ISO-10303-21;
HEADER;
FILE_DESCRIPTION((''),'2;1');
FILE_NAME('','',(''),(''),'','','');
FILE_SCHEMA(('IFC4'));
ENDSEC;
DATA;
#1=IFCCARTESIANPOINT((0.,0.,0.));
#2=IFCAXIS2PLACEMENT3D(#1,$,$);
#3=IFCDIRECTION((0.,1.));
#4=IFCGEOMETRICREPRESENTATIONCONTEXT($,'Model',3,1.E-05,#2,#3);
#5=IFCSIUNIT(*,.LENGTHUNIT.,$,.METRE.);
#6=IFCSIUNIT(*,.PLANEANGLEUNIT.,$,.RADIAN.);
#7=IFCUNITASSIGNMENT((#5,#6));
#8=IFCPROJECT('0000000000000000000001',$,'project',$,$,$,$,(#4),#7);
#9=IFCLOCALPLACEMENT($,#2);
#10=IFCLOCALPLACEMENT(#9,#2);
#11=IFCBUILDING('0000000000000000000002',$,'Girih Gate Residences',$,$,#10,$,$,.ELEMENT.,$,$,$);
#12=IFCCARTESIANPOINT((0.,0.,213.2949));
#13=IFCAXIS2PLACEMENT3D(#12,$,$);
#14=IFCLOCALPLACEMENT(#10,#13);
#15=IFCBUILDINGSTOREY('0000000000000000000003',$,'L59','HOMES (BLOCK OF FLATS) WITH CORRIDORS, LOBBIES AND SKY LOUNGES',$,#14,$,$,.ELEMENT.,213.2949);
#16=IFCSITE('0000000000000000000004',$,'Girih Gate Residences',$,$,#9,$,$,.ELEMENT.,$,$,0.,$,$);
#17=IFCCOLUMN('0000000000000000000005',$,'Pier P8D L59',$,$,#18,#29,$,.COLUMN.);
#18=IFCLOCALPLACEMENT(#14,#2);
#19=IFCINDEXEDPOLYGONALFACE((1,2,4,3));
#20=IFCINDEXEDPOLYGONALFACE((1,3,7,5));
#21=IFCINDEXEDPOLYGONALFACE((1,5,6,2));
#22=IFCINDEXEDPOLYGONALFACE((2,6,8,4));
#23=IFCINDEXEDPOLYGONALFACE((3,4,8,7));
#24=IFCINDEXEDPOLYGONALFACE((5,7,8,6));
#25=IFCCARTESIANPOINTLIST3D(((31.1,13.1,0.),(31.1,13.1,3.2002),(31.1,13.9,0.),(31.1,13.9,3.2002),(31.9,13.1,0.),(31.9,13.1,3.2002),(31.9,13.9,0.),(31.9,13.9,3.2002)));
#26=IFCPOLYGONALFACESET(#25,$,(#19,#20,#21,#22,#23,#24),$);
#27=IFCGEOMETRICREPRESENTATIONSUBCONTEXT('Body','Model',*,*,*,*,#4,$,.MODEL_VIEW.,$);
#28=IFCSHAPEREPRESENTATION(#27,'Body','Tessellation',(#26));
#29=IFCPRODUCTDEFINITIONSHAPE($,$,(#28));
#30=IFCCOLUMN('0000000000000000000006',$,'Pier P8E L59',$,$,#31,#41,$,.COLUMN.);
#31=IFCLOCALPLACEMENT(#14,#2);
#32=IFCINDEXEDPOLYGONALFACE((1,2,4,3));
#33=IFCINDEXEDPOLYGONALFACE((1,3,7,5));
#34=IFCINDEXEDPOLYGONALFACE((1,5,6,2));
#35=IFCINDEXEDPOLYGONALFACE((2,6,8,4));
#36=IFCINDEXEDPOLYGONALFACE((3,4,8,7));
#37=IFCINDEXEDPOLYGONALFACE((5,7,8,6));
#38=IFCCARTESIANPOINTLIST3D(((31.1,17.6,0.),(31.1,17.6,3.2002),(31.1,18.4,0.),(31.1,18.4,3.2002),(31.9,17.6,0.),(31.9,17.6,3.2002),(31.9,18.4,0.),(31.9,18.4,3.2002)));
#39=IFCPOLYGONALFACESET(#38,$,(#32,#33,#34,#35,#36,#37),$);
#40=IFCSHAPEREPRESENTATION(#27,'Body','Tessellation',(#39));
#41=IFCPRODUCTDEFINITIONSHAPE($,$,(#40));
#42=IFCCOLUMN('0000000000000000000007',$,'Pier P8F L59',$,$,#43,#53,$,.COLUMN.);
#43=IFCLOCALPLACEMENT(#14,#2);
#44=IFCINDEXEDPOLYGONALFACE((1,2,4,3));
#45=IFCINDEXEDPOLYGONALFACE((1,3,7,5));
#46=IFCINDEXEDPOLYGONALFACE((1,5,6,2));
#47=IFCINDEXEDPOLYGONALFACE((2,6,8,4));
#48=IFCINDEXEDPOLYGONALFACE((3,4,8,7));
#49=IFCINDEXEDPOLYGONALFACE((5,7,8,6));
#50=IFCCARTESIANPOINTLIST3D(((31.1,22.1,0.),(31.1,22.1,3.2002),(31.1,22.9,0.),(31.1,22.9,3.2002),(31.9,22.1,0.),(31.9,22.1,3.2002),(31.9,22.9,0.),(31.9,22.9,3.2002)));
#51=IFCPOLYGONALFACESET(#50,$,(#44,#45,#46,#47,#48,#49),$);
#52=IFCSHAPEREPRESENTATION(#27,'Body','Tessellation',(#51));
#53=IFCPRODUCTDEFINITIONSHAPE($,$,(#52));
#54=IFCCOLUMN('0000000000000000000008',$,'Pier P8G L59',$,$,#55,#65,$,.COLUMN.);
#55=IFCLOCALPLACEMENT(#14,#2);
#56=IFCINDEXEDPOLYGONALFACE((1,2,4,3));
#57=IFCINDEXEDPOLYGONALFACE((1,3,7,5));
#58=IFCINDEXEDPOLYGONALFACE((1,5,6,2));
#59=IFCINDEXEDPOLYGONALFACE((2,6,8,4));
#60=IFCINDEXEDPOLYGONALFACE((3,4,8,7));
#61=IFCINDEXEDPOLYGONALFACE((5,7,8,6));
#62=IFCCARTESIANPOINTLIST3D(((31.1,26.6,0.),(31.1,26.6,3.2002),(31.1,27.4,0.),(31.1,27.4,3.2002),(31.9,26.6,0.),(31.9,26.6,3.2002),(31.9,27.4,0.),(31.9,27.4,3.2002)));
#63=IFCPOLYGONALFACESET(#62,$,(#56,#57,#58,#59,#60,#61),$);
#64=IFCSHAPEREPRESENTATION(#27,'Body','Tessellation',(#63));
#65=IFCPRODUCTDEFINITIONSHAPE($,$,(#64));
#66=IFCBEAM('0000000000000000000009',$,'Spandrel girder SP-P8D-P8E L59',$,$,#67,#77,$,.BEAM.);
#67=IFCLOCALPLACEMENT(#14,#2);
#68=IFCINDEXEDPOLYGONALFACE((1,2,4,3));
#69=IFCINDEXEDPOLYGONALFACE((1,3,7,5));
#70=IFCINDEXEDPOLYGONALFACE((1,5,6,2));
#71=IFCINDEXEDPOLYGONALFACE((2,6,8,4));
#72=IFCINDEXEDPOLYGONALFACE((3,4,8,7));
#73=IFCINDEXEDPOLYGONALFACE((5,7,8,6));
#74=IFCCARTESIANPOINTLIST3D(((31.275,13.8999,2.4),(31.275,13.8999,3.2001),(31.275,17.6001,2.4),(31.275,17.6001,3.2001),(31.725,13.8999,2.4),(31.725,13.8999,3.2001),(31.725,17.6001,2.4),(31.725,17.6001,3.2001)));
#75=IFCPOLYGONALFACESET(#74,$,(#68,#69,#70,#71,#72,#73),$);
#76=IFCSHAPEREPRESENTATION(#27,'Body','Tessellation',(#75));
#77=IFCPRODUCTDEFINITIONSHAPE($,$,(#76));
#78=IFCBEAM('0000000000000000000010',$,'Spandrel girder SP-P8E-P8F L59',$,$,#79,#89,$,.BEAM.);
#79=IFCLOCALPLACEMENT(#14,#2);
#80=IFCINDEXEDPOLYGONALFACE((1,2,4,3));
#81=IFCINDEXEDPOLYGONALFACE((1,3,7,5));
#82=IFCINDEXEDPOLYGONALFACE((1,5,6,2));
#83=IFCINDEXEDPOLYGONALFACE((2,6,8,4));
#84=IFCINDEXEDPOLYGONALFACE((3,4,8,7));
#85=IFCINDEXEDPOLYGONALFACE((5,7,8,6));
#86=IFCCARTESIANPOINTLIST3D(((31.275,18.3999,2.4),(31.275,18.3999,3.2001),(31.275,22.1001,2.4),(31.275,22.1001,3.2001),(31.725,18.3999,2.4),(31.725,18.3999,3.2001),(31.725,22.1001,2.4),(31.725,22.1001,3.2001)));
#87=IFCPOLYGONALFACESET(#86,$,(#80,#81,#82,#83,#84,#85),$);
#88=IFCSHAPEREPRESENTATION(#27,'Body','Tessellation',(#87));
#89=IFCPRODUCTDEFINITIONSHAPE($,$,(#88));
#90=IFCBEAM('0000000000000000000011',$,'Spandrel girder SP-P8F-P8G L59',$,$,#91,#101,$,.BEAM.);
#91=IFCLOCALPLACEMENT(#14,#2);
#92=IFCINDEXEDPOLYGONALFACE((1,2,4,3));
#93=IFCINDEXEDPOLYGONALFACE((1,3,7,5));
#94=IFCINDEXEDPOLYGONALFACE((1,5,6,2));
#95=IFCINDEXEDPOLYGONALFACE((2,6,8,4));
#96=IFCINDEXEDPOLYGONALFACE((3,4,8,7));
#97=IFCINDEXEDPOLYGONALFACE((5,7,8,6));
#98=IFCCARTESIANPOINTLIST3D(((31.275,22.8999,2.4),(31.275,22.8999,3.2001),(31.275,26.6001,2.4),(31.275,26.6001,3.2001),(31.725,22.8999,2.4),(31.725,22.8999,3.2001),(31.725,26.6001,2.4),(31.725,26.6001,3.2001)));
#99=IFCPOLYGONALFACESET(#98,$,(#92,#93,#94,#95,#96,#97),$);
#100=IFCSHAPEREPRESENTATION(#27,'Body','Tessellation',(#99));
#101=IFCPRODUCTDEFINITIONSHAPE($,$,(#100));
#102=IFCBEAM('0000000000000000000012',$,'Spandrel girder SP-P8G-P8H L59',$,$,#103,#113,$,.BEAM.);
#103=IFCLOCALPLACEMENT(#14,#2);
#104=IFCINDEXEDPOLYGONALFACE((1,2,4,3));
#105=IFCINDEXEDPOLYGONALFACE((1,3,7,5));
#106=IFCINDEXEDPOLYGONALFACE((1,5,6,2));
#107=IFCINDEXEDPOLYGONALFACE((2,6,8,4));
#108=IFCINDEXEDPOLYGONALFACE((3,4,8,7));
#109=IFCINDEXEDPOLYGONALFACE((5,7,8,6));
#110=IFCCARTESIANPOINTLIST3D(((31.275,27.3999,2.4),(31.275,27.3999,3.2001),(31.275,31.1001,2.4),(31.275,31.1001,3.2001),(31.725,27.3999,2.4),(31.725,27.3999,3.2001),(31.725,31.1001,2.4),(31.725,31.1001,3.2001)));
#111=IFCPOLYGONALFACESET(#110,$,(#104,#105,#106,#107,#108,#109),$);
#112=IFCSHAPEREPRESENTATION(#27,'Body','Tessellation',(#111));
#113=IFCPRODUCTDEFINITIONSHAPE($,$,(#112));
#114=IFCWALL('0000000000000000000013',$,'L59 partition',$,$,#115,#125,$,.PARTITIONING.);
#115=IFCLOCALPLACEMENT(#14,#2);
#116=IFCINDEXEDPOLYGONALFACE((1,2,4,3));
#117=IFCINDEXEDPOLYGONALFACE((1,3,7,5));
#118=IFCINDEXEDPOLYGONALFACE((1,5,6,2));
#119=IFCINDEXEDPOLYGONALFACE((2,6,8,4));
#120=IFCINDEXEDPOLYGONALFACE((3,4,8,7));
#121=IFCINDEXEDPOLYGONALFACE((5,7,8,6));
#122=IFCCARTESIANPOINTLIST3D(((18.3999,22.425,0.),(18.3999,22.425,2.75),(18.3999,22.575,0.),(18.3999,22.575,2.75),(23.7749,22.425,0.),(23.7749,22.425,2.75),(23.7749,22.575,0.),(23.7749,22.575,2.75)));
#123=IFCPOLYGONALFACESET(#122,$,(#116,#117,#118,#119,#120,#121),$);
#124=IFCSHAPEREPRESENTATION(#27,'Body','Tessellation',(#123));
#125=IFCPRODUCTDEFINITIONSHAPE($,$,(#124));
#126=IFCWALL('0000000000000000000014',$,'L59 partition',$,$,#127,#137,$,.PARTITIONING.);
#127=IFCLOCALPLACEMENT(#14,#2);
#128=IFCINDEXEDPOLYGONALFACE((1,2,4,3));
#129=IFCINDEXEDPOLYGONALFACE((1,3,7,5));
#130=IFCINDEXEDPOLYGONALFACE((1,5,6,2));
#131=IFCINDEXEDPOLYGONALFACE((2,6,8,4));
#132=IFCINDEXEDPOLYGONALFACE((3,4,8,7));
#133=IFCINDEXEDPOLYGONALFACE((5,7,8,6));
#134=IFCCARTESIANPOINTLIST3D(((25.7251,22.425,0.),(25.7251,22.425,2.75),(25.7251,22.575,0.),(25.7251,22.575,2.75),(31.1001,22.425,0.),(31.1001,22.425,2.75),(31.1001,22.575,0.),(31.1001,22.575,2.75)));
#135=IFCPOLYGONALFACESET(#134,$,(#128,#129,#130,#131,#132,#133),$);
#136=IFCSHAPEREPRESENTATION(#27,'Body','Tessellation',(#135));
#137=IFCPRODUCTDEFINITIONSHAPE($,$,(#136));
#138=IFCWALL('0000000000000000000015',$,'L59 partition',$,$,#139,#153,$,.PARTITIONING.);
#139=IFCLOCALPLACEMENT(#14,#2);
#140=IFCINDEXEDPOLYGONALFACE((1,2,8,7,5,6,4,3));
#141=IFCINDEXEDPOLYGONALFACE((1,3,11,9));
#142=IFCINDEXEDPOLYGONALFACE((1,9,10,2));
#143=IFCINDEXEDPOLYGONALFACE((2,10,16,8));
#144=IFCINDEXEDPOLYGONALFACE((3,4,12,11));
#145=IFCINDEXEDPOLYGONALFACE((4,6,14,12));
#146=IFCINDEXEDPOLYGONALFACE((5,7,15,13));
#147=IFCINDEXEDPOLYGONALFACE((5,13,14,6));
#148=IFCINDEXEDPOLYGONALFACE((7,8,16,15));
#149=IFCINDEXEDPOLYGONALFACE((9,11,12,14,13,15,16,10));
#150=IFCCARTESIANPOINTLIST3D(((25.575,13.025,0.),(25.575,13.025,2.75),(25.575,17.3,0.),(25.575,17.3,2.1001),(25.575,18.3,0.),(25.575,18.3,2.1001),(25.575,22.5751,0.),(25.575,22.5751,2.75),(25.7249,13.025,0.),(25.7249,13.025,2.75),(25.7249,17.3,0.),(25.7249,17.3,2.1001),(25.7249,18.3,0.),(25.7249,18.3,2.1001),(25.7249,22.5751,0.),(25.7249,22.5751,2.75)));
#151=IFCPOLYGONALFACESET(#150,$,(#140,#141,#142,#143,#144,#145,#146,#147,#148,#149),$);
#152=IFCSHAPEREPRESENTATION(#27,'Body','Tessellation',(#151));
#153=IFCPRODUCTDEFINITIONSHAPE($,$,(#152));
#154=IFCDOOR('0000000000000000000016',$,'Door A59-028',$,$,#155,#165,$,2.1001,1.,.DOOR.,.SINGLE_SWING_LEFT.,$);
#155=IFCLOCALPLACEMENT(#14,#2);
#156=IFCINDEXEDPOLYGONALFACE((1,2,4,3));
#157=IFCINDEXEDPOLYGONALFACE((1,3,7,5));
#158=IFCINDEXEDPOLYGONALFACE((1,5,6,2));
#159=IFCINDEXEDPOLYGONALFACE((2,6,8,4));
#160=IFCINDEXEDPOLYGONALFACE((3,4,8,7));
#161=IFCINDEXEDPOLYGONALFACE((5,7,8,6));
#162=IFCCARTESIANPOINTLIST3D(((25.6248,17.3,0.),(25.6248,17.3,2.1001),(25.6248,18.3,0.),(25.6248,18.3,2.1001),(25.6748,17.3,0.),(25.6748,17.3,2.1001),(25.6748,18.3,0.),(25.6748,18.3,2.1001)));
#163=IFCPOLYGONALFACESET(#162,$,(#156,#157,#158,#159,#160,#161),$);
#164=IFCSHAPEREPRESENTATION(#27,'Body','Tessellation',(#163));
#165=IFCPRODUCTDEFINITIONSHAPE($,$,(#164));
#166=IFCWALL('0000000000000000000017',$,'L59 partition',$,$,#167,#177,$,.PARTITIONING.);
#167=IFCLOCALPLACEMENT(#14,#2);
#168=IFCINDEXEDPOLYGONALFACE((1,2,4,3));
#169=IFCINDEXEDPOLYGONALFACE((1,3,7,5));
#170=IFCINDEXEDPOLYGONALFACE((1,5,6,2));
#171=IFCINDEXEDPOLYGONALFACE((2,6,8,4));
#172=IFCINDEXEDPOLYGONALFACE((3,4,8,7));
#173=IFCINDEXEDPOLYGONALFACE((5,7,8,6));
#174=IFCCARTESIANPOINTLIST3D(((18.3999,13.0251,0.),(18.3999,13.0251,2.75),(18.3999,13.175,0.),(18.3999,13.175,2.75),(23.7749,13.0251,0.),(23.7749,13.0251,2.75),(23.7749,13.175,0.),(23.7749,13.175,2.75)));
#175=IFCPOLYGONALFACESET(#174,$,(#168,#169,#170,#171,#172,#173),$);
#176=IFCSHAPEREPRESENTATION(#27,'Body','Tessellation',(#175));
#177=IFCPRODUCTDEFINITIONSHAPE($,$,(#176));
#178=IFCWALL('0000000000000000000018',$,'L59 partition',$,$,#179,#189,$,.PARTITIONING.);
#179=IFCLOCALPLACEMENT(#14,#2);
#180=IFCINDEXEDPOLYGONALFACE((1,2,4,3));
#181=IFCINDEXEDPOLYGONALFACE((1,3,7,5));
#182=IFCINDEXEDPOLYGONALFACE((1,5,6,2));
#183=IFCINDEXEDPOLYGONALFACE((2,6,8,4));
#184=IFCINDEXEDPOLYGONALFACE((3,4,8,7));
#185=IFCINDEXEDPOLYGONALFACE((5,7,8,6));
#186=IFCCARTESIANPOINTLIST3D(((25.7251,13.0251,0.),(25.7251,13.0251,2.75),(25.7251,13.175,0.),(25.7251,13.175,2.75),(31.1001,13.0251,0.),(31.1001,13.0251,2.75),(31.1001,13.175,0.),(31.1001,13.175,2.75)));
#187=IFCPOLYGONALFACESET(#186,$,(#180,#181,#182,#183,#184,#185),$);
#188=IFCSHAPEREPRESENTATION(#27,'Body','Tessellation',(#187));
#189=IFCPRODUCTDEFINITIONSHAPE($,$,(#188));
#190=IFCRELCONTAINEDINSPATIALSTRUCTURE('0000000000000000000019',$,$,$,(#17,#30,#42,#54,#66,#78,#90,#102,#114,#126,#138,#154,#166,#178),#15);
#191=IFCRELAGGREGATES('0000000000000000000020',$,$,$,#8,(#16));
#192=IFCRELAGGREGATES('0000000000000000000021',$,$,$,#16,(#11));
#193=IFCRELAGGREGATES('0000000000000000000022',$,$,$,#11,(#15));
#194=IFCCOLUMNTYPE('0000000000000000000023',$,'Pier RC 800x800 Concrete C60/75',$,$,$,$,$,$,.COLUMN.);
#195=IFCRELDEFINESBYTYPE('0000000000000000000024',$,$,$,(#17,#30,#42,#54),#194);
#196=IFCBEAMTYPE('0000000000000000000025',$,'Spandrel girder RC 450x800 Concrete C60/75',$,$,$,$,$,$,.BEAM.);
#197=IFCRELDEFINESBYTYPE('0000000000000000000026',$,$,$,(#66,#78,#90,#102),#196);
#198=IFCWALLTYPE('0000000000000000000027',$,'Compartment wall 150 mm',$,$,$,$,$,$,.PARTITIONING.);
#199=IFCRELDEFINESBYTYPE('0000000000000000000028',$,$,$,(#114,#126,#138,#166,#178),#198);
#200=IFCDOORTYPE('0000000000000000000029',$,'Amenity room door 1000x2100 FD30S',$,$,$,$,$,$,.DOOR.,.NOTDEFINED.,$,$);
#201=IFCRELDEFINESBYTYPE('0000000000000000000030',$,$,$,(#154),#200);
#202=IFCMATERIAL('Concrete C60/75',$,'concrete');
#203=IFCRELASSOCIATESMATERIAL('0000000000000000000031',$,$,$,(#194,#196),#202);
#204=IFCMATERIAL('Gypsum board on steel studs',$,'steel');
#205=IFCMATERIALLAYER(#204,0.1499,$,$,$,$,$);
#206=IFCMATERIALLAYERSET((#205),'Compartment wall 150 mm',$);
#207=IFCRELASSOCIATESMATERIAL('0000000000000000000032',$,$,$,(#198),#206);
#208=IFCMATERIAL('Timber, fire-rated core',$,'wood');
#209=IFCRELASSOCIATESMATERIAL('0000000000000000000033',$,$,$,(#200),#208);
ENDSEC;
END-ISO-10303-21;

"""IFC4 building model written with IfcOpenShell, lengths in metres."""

from ifc_helpers import new_model, si_unit, direction, frame, frame_2d, origin, origin_2d, place, context, subcontext, project, spatial, rectangle, extrude, material, layer, layer_set, material_profile, profile_set, type_object, element, fill, save


model = new_model("IFC4")

# Units and contexts
model_context = context("Model", 3, precision=1e-05, world=origin(), true_north=direction((0.0, 1.0)))
body_context = subcontext(model_context, "Body", "Model", "MODEL_VIEW")
ifc_project = project(units=[si_unit("LENGTHUNIT", "METRE"), si_unit("PLANEANGLEUNIT", "RADIAN")], contexts=[model_context])

# Site, building, storey
site_placement = place(None, origin())
site = spatial("IfcSite", under=ifc_project, at=site_placement, Name="Girih Gate Residences", CompositionType="ELEMENT", RefElevation=0.0)
building_placement = place(site_placement, origin())
building = spatial("IfcBuilding", under=site, at=building_placement, Name="Girih Gate Residences", CompositionType="ELEMENT")
storey_placement = place(building_placement, frame((0.0, 0.0, 213.2949)))
storey = spatial("IfcBuildingStorey", under=building, at=storey_placement, Name="L59", Description="HOMES (BLOCK OF FLATS) WITH CORRIDORS, LOBBIES AND SKY LOUNGES", CompositionType="ELEMENT", Elevation=213.2949)

# Columns
ifc_material_1 = material(Name="Concrete C60/75", Category="concrete")
ifc_material_profile_1 = material_profile(ifc_material_1, rectangle(XDim=0.8, YDim=0.8, at=origin_2d()))
ifc_profile_set_1 = profile_set([ifc_material_profile_1], Name="Concrete C60/75")
column_type = type_object("IfcColumnType", Name="Pier RC 800x800 Concrete C60/75", PredefinedType="COLUMN", material=ifc_profile_set_1)
for number, where, z_axis, x_axis, name in (
    (1, (31.5, 13.5, 0.0), (0.0, 0.0, 1.0), (1.0, 0.0, 0.0), "Pier P8D L59"),
    (2, (31.5, 18.0, 0.0), (0.0, 0.0, 1.0), (1.0, 0.0, 0.0), "Pier P8E L59"),
    (3, (31.5, 22.5, 0.0), (0.0, 0.0, 1.0), (1.0, 0.0, 0.0), "Pier P8F L59"),
    (4, (31.5, 27.0, 0.0), (0.0, 0.0, 1.0), (1.0, 0.0, 0.0), "Pier P8G L59"),
):
    element("IfcColumn", number, at=place(storey_placement, frame(where, z_axis=z_axis, x_axis=x_axis)), inside=storey, type_object=column_type, Name=name, PredefinedType="COLUMN", context=body_context, shape_type="SweptSolid", body=[
        extrude(rectangle(XDim=0.8, YDim=0.8, at=origin_2d()), origin(), (0.0, 0.0, 1.0), 3.2002),
    ])

# Beams
ifc_material_profile_2 = material_profile(ifc_material_1, rectangle(XDim=0.45, YDim=0.8, at=origin_2d()))
ifc_profile_set_2 = profile_set([ifc_material_profile_2], Name="Concrete C60/75")
beam_type = type_object("IfcBeamType", Name="Spandrel girder RC 450x800 Concrete C60/75", PredefinedType="BEAM", material=ifc_profile_set_2)
for number, where, z_axis, x_axis, name in (
    (5, (31.5, 13.8999, 2.8), (0.0, 1.0, 0.0), (-1.0, 0.0, 0.0), "Spandrel girder SP-P8D-P8E L59"),
    (6, (31.5, 18.3999, 2.8), (0.0, 1.0, 0.0), (-1.0, 0.0, 0.0), "Spandrel girder SP-P8E-P8F L59"),
    (7, (31.5, 22.8999, 2.8), (0.0, 1.0, 0.0), (-1.0, 0.0, 0.0), "Spandrel girder SP-P8F-P8G L59"),
    (8, (31.5, 27.3999, 2.8), (0.0, 1.0, 0.0), (-1.0, 0.0, 0.0), "Spandrel girder SP-P8G-P8H L59"),
):
    element("IfcBeam", number, at=place(storey_placement, frame(where, z_axis=z_axis, x_axis=x_axis)), inside=storey, type_object=beam_type, Name=name, PredefinedType="BEAM", context=body_context, shape_type="SweptSolid", body=[
        extrude(rectangle(XDim=0.45, YDim=0.8, at=origin_2d()), origin(), (0.0, 0.0, 1.0), 3.7002),
    ])

# Walls
ifc_material_2 = material(Name="Gypsum board on steel studs", Category="steel")
ifc_layer_1 = layer(ifc_material_2, 0.1499)
ifc_layer_set_1 = layer_set([ifc_layer_1], Name="Compartment wall 150 mm")
wall_type_1 = type_object("IfcWallType", Name="Compartment wall 150 mm", PredefinedType="PARTITIONING", material=ifc_layer_set_1)
for number, where, z_axis, x_axis, name in (
    (9, (18.3999, 22.5, 0.0), (0.0, 0.0, 1.0), (1.0, 0.0, 0.0), "L59 partition"),
    (10, (25.7251, 22.5, 0.0), (0.0, 0.0, 1.0), (1.0, 0.0, 0.0), "L59 partition"),
):
    element("IfcWall", number, at=place(storey_placement, frame(where, z_axis=z_axis, x_axis=x_axis)), inside=storey, type_object=wall_type_1, Name=name, PredefinedType="PARTITIONING", context=body_context, shape_type="SweptSolid", body=[
        extrude(rectangle(XDim=5.375, YDim=0.1499, at=frame_2d((2.6875, 0.0))), origin(), (0.0, 0.0, 1.0), 2.75),
    ])

# Wall, opening, door
wall_1_placement = place(storey_placement, frame((25.6499, 22.575, 0.0), z_axis=(0.0, 0.0, 1.0), x_axis=(0.0, -1.0, 0.0)))
wall_1 = element("IfcWall", 11, at=wall_1_placement, inside=storey, type_object=wall_type_1, Name="L59 partition", PredefinedType="PARTITIONING", context=body_context, shape_type="SweptSolid", body=[
    extrude(rectangle(XDim=9.55, YDim=0.1499, at=frame_2d((4.7749, 0.0))), origin(), (0.0, 0.0, 1.0), 2.75),
])
opening_1_placement = place(wall_1_placement, frame((4.2749, 0.0, 0.0)))
opening_1 = element("IfcOpeningElement", 12, at=opening_1_placement, cuts=wall_1, PredefinedType="OPENING", context=body_context, shape_type="SweptSolid", body=[
    extrude(rectangle(XDim=1.0, YDim=2.1001, at=frame_2d((0.5, 1.05))), frame((0.0, 0.085, 0.0), z_axis=(0.0, -1.0, 0.0), x_axis=(1.0, 0.0, 0.0)), (0.0, 0.0, 1.0), 0.1699),
])
ifc_material_3 = material(Name="Timber, fire-rated core", Category="wood")
door_type_1 = type_object("IfcDoorType", Name="Amenity room door 1000x2100 FD30S", OperationType="NOTDEFINED", PredefinedType="DOOR", material=ifc_material_3)
door_1_placement = place(opening_1_placement, origin())
door_1 = element("IfcDoor", 13, at=door_1_placement, inside=storey, type_object=door_type_1, Name="Door A59-028", OperationType="SINGLE_SWING_LEFT", OverallHeight=2.1001, OverallWidth=1.0, PredefinedType="DOOR", context=body_context, shape_type="SweptSolid", body=[
    extrude(rectangle(XDim=1.0, YDim=2.1001, at=frame_2d((0.5, 1.05))), frame((0.0, 0.0249, 0.0), z_axis=(0.0, -1.0, 0.0), x_axis=(1.0, 0.0, 0.0)), (0.0, 0.0, 1.0), 0.05),
])
fill(opening_1, door_1)

# Walls
for number, where, z_axis, x_axis, name in (
    (14, (18.3999, 13.1001, 0.0), (0.0, 0.0, 1.0), (1.0, 0.0, 0.0), "L59 partition"),
    (15, (25.7251, 13.1001, 0.0), (0.0, 0.0, 1.0), (1.0, 0.0, 0.0), "L59 partition"),
):
    element("IfcWall", number, at=place(storey_placement, frame(where, z_axis=z_axis, x_axis=x_axis)), inside=storey, type_object=wall_type_1, Name=name, PredefinedType="PARTITIONING", context=body_context, shape_type="SweptSolid", body=[
        extrude(rectangle(XDim=5.375, YDim=0.1499, at=frame_2d((2.6875, 0.0))), origin(), (0.0, 0.0, 1.0), 2.75),
    ])

save(model, "model.ifc")
